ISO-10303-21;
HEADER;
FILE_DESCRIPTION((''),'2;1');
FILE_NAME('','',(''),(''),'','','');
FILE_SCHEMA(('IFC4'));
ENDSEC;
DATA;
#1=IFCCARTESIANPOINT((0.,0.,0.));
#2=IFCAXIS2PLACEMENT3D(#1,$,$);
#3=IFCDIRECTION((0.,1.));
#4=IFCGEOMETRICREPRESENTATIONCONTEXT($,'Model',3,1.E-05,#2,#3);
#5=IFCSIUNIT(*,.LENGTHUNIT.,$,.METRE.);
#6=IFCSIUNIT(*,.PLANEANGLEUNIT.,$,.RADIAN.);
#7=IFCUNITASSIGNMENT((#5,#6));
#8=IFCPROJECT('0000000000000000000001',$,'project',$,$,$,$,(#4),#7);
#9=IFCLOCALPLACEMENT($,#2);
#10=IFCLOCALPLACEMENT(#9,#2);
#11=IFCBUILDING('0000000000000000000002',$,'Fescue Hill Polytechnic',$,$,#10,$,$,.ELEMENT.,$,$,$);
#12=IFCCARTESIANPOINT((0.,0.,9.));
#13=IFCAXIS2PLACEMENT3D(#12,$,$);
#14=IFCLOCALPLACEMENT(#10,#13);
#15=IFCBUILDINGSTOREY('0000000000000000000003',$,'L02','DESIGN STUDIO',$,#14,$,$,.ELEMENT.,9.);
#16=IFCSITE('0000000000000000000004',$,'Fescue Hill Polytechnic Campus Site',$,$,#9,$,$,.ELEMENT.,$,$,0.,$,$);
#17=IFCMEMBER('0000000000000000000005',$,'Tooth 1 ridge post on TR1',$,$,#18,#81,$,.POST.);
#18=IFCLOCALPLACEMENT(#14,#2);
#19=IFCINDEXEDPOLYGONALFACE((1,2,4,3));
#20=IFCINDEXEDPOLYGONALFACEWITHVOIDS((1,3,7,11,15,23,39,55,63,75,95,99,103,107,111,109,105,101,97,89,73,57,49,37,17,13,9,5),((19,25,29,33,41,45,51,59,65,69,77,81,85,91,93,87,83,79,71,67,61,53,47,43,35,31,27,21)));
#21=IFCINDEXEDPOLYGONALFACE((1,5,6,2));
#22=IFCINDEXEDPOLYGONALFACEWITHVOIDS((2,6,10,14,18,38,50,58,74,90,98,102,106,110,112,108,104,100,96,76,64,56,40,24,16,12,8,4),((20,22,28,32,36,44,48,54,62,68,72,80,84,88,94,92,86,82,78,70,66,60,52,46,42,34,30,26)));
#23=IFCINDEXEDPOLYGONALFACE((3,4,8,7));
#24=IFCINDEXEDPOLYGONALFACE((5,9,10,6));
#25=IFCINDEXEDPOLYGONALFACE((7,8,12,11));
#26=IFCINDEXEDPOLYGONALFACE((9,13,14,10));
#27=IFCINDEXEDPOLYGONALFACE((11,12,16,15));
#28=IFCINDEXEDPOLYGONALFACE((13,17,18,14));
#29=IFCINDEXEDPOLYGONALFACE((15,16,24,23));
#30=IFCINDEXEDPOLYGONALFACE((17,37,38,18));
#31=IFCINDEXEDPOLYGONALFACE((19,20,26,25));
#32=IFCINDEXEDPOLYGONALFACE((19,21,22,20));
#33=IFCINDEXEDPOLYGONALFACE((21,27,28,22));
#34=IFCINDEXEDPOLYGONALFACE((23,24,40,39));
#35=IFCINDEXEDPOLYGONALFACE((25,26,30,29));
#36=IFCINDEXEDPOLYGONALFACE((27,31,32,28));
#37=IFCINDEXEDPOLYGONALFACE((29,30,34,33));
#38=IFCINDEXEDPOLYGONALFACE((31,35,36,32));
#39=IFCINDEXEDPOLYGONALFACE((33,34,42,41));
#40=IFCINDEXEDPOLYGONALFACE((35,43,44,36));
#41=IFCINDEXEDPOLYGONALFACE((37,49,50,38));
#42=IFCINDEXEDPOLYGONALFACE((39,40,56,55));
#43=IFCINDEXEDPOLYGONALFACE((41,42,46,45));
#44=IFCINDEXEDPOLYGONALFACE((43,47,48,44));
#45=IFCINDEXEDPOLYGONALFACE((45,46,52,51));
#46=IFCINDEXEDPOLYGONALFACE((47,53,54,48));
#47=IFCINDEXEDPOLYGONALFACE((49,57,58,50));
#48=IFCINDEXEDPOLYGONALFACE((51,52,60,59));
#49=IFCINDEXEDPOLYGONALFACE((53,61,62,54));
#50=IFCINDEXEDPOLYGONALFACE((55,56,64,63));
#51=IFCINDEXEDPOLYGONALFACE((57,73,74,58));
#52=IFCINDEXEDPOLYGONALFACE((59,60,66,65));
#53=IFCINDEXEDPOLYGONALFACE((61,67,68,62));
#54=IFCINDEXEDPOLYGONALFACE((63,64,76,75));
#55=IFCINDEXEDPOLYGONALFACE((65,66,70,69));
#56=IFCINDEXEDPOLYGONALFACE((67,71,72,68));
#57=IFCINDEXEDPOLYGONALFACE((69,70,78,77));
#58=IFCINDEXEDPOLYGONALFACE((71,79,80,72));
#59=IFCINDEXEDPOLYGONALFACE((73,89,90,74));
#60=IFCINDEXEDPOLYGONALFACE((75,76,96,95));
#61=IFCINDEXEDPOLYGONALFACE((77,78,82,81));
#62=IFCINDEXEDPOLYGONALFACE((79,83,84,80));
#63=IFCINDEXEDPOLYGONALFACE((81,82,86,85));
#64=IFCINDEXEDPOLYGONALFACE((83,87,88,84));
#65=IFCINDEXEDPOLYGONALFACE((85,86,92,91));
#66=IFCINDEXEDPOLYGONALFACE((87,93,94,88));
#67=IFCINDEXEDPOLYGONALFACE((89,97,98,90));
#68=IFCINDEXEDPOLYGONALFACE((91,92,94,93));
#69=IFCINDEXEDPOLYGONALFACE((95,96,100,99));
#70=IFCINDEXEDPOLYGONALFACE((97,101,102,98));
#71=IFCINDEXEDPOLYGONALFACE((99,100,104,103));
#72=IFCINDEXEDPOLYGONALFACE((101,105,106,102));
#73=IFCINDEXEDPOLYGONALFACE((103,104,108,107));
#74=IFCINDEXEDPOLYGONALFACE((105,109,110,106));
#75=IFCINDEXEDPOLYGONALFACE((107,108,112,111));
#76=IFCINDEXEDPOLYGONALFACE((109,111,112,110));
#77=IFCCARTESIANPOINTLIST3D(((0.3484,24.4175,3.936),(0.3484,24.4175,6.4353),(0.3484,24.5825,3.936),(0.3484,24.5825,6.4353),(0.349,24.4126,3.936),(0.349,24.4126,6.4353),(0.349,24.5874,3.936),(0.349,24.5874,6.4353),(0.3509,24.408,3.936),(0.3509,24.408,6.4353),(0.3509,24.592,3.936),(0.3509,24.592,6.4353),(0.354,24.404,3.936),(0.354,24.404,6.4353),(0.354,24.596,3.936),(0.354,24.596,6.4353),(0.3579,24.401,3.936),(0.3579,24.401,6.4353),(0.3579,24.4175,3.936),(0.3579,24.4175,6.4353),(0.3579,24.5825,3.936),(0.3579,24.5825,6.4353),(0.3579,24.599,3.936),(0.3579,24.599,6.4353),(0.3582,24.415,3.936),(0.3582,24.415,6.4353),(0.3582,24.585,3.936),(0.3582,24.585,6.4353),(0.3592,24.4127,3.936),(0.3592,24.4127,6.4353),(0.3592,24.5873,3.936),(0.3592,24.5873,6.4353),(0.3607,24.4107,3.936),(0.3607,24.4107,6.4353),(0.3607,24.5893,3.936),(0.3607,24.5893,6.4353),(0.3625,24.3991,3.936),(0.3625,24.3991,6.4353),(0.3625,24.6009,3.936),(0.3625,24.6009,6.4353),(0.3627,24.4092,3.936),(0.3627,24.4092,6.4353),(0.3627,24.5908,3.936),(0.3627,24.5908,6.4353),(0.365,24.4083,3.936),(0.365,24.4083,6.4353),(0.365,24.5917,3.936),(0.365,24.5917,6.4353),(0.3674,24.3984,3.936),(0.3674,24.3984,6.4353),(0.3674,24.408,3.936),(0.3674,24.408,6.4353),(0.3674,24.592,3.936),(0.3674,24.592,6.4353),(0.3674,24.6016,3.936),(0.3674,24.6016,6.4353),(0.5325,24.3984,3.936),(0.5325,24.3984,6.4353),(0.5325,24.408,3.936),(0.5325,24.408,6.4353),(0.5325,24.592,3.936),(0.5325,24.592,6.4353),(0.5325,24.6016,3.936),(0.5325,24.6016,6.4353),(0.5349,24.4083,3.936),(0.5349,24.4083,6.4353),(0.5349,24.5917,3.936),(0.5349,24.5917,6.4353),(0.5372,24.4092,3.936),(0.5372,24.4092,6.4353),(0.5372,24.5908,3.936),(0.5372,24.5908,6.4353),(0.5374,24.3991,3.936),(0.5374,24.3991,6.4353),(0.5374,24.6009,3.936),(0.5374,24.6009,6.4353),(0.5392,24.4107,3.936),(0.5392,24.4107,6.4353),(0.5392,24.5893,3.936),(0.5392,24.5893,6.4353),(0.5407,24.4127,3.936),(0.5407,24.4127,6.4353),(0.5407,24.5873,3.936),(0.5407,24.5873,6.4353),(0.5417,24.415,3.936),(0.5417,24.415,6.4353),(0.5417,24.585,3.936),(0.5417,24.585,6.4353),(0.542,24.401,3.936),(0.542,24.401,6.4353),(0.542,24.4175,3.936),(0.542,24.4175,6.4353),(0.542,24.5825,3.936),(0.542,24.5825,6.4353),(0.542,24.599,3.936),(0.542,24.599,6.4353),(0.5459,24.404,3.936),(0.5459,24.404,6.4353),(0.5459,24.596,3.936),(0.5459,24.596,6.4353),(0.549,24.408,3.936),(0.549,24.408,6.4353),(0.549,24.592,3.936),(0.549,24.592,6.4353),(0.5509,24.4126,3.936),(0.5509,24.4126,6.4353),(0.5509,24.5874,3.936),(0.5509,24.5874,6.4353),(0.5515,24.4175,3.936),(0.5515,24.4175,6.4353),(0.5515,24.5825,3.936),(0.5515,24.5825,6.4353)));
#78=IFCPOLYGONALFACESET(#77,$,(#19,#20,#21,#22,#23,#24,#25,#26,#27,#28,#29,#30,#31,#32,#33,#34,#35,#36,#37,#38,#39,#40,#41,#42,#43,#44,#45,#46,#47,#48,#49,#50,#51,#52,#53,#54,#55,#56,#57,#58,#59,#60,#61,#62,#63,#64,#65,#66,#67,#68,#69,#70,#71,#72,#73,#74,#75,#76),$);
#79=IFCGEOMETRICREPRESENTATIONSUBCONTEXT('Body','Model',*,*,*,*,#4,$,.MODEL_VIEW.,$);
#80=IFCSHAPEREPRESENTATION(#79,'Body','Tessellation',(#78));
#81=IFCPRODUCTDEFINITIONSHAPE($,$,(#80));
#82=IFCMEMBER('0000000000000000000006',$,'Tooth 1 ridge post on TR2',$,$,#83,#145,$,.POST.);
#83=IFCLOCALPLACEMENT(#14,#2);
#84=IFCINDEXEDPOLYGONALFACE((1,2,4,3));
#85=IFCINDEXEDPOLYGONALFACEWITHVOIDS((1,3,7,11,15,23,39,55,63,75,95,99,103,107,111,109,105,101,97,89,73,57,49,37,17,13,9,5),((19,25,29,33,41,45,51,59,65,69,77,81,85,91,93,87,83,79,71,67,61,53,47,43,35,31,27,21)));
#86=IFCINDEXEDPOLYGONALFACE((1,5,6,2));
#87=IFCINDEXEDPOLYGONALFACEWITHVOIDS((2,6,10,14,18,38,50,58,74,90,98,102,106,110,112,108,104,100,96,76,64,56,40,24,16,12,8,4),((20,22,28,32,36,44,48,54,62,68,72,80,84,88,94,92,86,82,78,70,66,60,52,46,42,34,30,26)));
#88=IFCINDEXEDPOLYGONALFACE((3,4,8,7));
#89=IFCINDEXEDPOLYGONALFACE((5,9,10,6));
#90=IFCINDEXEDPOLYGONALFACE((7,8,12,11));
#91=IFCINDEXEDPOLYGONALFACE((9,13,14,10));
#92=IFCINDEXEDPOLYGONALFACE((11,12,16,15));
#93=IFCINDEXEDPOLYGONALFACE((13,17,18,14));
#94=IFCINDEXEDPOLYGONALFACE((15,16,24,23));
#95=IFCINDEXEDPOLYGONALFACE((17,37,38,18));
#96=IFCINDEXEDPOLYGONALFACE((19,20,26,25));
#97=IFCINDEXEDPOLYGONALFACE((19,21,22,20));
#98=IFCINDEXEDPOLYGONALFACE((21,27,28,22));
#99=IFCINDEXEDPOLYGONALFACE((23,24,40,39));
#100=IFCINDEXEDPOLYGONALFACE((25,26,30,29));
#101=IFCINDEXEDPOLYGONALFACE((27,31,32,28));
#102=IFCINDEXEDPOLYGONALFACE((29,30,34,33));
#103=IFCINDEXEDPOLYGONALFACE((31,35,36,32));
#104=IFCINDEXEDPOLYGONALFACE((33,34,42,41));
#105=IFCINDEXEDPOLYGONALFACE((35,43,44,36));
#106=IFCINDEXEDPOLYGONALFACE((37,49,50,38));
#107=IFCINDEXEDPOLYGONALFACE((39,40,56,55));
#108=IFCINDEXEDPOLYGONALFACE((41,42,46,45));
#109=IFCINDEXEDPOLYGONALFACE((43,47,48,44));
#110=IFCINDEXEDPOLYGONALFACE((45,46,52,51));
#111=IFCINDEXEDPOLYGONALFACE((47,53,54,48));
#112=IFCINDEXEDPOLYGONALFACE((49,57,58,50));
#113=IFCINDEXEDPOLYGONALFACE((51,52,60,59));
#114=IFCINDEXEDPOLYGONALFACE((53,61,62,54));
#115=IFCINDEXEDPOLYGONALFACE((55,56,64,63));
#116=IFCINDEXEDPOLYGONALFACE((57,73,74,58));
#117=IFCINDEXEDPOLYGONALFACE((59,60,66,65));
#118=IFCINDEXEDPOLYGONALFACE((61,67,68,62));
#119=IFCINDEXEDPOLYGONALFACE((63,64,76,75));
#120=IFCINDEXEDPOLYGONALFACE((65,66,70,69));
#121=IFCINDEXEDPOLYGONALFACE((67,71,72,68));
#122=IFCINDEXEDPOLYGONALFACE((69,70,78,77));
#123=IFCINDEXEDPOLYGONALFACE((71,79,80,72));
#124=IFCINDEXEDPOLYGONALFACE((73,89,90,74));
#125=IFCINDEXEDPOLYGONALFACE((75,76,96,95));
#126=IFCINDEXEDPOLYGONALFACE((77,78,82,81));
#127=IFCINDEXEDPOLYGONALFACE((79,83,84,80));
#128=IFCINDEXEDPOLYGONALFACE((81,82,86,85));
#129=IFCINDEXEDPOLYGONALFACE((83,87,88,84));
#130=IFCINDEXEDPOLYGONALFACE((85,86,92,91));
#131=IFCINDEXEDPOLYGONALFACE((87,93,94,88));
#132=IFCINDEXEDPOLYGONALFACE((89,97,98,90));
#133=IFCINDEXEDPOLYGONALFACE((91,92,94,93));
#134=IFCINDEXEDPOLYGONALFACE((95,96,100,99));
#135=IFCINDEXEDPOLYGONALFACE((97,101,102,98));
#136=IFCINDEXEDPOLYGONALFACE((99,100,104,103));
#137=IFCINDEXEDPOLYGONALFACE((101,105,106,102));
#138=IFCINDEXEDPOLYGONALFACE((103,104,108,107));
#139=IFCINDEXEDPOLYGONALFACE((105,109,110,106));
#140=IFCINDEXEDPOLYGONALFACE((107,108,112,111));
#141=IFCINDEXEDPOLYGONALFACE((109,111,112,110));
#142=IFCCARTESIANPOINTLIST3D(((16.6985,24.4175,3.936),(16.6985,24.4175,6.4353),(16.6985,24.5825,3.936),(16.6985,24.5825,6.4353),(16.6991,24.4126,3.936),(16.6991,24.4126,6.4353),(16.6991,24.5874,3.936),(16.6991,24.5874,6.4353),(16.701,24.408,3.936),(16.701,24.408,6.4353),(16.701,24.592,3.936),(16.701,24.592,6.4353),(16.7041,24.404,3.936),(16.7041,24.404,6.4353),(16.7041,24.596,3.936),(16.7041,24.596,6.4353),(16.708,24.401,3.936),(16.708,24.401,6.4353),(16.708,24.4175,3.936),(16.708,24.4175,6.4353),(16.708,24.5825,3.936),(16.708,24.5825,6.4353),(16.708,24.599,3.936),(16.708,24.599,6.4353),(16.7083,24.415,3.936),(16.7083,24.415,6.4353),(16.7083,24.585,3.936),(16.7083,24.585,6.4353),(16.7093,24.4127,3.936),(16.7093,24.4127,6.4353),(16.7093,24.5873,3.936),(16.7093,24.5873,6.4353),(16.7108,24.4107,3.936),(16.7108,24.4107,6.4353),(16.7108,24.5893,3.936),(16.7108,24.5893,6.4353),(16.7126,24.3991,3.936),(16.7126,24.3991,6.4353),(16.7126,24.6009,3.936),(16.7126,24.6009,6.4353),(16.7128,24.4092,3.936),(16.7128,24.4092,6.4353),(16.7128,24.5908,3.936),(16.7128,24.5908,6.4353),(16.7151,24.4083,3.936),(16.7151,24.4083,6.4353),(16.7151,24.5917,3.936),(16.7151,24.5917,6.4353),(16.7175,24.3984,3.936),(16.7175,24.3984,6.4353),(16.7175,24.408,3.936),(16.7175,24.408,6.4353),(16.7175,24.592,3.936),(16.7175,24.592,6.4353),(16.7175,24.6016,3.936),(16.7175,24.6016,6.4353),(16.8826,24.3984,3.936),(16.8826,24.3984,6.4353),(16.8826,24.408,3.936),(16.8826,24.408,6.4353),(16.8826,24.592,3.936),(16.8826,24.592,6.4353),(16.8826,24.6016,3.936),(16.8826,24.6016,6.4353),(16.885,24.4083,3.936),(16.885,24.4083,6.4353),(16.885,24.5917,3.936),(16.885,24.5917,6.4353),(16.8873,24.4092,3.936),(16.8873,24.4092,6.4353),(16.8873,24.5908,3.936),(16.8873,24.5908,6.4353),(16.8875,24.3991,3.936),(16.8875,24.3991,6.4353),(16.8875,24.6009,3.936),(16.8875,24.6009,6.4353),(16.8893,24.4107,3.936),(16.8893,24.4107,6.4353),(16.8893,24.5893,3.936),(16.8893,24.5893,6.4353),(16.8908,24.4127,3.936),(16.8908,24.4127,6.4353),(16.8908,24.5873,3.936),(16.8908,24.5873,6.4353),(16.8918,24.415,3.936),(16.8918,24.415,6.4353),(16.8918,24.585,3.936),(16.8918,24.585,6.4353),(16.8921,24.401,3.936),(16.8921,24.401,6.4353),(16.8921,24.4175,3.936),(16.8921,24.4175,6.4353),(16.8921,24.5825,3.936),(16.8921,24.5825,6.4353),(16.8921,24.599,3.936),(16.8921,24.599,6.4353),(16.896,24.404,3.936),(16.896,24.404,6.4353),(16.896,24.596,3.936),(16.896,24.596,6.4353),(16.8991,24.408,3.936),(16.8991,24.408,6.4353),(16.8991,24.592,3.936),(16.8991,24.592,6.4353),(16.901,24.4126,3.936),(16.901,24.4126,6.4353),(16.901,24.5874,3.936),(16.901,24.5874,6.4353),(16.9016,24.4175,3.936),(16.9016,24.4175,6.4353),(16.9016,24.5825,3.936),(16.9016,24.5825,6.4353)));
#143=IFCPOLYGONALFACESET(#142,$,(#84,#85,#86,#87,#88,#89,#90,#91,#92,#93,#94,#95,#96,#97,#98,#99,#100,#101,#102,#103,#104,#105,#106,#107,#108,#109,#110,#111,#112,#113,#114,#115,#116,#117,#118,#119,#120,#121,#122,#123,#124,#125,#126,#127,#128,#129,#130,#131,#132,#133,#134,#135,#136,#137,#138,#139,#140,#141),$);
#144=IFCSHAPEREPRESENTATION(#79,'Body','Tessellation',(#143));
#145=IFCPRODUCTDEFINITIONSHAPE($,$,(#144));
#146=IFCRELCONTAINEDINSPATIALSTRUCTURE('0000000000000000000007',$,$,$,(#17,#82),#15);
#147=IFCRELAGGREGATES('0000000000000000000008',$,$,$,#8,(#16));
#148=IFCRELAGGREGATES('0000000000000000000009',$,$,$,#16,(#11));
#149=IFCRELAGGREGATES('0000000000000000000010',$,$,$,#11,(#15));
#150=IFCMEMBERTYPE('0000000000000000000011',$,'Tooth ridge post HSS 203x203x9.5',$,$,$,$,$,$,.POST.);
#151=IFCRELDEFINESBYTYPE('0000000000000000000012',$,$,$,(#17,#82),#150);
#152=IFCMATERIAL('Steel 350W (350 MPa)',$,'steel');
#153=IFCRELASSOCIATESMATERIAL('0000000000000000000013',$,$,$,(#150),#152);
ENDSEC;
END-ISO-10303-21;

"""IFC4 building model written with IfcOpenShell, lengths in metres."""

from ifc_helpers import new_model, si_unit, direction, frame, origin, origin_2d, place, context, subcontext, project, spatial, hollow_rectangle, extrude, material, material_profile, profile_set, type_object, element, save


model = new_model("IFC4")

# Units and contexts
model_context = context("Model", 3, precision=1e-05, world=origin(), true_north=direction((0.0, 1.0)))
body_context = subcontext(model_context, "Body", "Model", "MODEL_VIEW")
ifc_project = project(units=[si_unit("LENGTHUNIT", "METRE"), si_unit("PLANEANGLEUNIT", "RADIAN")], contexts=[model_context])

# Site, building, storey
site_placement = place(None, origin())
site = spatial("IfcSite", under=ifc_project, at=site_placement, Name="Fescue Hill Polytechnic Campus Site", CompositionType="ELEMENT", RefElevation=0.0)
building_placement = place(site_placement, origin())
building = spatial("IfcBuilding", under=site, at=building_placement, Name="Fescue Hill Polytechnic", CompositionType="ELEMENT")
storey_placement = place(building_placement, frame((0.0, 0.0, 9.0)))
storey = spatial("IfcBuildingStorey", under=building, at=storey_placement, Name="L02", Description="DESIGN STUDIO", CompositionType="ELEMENT", Elevation=9.0)

# Members
ifc_material_1 = material(Name="Steel 350W (350 MPa)", Category="steel")
ifc_material_profile_1 = material_profile(ifc_material_1, hollow_rectangle(XDim=0.2031, YDim=0.2031, WallThickness=0.0095, InnerFilletRadius=0.0095, OuterFilletRadius=0.019, at=origin_2d()), Name="Tooth ridge post HSS 203x203x9.5")
ifc_profile_set_1 = profile_set([ifc_material_profile_1], Name="Steel 350W (350 MPa)")
member_type_1 = type_object("IfcMemberType", Name="Tooth ridge post HSS 203x203x9.5", PredefinedType="POST", material=ifc_profile_set_1)
for number, where, z_axis, x_axis, name in (
    (1, (0.45, 24.5, 3.936), (0.0, 0.0, 1.0), (1.0, 0.0, 0.0), "Tooth 1 ridge post on TR1"),
    (2, (16.8, 24.5, 3.936), (0.0, 0.0, 1.0), (1.0, 0.0, 0.0), "Tooth 1 ridge post on TR2"),
):
    element("IfcMember", number, at=place(storey_placement, frame(where, z_axis=z_axis, x_axis=x_axis)), inside=storey, type_object=member_type_1, Name=name, PredefinedType="POST", context=body_context, shape_type="SweptSolid", body=[
        extrude(hollow_rectangle(XDim=0.2031, YDim=0.2031, WallThickness=0.0095, InnerFilletRadius=0.0095, OuterFilletRadius=0.019, at=origin_2d()), origin(), (0.0, 0.0, 1.0), 2.4993),
    ])

save(model, "model.ifc")
